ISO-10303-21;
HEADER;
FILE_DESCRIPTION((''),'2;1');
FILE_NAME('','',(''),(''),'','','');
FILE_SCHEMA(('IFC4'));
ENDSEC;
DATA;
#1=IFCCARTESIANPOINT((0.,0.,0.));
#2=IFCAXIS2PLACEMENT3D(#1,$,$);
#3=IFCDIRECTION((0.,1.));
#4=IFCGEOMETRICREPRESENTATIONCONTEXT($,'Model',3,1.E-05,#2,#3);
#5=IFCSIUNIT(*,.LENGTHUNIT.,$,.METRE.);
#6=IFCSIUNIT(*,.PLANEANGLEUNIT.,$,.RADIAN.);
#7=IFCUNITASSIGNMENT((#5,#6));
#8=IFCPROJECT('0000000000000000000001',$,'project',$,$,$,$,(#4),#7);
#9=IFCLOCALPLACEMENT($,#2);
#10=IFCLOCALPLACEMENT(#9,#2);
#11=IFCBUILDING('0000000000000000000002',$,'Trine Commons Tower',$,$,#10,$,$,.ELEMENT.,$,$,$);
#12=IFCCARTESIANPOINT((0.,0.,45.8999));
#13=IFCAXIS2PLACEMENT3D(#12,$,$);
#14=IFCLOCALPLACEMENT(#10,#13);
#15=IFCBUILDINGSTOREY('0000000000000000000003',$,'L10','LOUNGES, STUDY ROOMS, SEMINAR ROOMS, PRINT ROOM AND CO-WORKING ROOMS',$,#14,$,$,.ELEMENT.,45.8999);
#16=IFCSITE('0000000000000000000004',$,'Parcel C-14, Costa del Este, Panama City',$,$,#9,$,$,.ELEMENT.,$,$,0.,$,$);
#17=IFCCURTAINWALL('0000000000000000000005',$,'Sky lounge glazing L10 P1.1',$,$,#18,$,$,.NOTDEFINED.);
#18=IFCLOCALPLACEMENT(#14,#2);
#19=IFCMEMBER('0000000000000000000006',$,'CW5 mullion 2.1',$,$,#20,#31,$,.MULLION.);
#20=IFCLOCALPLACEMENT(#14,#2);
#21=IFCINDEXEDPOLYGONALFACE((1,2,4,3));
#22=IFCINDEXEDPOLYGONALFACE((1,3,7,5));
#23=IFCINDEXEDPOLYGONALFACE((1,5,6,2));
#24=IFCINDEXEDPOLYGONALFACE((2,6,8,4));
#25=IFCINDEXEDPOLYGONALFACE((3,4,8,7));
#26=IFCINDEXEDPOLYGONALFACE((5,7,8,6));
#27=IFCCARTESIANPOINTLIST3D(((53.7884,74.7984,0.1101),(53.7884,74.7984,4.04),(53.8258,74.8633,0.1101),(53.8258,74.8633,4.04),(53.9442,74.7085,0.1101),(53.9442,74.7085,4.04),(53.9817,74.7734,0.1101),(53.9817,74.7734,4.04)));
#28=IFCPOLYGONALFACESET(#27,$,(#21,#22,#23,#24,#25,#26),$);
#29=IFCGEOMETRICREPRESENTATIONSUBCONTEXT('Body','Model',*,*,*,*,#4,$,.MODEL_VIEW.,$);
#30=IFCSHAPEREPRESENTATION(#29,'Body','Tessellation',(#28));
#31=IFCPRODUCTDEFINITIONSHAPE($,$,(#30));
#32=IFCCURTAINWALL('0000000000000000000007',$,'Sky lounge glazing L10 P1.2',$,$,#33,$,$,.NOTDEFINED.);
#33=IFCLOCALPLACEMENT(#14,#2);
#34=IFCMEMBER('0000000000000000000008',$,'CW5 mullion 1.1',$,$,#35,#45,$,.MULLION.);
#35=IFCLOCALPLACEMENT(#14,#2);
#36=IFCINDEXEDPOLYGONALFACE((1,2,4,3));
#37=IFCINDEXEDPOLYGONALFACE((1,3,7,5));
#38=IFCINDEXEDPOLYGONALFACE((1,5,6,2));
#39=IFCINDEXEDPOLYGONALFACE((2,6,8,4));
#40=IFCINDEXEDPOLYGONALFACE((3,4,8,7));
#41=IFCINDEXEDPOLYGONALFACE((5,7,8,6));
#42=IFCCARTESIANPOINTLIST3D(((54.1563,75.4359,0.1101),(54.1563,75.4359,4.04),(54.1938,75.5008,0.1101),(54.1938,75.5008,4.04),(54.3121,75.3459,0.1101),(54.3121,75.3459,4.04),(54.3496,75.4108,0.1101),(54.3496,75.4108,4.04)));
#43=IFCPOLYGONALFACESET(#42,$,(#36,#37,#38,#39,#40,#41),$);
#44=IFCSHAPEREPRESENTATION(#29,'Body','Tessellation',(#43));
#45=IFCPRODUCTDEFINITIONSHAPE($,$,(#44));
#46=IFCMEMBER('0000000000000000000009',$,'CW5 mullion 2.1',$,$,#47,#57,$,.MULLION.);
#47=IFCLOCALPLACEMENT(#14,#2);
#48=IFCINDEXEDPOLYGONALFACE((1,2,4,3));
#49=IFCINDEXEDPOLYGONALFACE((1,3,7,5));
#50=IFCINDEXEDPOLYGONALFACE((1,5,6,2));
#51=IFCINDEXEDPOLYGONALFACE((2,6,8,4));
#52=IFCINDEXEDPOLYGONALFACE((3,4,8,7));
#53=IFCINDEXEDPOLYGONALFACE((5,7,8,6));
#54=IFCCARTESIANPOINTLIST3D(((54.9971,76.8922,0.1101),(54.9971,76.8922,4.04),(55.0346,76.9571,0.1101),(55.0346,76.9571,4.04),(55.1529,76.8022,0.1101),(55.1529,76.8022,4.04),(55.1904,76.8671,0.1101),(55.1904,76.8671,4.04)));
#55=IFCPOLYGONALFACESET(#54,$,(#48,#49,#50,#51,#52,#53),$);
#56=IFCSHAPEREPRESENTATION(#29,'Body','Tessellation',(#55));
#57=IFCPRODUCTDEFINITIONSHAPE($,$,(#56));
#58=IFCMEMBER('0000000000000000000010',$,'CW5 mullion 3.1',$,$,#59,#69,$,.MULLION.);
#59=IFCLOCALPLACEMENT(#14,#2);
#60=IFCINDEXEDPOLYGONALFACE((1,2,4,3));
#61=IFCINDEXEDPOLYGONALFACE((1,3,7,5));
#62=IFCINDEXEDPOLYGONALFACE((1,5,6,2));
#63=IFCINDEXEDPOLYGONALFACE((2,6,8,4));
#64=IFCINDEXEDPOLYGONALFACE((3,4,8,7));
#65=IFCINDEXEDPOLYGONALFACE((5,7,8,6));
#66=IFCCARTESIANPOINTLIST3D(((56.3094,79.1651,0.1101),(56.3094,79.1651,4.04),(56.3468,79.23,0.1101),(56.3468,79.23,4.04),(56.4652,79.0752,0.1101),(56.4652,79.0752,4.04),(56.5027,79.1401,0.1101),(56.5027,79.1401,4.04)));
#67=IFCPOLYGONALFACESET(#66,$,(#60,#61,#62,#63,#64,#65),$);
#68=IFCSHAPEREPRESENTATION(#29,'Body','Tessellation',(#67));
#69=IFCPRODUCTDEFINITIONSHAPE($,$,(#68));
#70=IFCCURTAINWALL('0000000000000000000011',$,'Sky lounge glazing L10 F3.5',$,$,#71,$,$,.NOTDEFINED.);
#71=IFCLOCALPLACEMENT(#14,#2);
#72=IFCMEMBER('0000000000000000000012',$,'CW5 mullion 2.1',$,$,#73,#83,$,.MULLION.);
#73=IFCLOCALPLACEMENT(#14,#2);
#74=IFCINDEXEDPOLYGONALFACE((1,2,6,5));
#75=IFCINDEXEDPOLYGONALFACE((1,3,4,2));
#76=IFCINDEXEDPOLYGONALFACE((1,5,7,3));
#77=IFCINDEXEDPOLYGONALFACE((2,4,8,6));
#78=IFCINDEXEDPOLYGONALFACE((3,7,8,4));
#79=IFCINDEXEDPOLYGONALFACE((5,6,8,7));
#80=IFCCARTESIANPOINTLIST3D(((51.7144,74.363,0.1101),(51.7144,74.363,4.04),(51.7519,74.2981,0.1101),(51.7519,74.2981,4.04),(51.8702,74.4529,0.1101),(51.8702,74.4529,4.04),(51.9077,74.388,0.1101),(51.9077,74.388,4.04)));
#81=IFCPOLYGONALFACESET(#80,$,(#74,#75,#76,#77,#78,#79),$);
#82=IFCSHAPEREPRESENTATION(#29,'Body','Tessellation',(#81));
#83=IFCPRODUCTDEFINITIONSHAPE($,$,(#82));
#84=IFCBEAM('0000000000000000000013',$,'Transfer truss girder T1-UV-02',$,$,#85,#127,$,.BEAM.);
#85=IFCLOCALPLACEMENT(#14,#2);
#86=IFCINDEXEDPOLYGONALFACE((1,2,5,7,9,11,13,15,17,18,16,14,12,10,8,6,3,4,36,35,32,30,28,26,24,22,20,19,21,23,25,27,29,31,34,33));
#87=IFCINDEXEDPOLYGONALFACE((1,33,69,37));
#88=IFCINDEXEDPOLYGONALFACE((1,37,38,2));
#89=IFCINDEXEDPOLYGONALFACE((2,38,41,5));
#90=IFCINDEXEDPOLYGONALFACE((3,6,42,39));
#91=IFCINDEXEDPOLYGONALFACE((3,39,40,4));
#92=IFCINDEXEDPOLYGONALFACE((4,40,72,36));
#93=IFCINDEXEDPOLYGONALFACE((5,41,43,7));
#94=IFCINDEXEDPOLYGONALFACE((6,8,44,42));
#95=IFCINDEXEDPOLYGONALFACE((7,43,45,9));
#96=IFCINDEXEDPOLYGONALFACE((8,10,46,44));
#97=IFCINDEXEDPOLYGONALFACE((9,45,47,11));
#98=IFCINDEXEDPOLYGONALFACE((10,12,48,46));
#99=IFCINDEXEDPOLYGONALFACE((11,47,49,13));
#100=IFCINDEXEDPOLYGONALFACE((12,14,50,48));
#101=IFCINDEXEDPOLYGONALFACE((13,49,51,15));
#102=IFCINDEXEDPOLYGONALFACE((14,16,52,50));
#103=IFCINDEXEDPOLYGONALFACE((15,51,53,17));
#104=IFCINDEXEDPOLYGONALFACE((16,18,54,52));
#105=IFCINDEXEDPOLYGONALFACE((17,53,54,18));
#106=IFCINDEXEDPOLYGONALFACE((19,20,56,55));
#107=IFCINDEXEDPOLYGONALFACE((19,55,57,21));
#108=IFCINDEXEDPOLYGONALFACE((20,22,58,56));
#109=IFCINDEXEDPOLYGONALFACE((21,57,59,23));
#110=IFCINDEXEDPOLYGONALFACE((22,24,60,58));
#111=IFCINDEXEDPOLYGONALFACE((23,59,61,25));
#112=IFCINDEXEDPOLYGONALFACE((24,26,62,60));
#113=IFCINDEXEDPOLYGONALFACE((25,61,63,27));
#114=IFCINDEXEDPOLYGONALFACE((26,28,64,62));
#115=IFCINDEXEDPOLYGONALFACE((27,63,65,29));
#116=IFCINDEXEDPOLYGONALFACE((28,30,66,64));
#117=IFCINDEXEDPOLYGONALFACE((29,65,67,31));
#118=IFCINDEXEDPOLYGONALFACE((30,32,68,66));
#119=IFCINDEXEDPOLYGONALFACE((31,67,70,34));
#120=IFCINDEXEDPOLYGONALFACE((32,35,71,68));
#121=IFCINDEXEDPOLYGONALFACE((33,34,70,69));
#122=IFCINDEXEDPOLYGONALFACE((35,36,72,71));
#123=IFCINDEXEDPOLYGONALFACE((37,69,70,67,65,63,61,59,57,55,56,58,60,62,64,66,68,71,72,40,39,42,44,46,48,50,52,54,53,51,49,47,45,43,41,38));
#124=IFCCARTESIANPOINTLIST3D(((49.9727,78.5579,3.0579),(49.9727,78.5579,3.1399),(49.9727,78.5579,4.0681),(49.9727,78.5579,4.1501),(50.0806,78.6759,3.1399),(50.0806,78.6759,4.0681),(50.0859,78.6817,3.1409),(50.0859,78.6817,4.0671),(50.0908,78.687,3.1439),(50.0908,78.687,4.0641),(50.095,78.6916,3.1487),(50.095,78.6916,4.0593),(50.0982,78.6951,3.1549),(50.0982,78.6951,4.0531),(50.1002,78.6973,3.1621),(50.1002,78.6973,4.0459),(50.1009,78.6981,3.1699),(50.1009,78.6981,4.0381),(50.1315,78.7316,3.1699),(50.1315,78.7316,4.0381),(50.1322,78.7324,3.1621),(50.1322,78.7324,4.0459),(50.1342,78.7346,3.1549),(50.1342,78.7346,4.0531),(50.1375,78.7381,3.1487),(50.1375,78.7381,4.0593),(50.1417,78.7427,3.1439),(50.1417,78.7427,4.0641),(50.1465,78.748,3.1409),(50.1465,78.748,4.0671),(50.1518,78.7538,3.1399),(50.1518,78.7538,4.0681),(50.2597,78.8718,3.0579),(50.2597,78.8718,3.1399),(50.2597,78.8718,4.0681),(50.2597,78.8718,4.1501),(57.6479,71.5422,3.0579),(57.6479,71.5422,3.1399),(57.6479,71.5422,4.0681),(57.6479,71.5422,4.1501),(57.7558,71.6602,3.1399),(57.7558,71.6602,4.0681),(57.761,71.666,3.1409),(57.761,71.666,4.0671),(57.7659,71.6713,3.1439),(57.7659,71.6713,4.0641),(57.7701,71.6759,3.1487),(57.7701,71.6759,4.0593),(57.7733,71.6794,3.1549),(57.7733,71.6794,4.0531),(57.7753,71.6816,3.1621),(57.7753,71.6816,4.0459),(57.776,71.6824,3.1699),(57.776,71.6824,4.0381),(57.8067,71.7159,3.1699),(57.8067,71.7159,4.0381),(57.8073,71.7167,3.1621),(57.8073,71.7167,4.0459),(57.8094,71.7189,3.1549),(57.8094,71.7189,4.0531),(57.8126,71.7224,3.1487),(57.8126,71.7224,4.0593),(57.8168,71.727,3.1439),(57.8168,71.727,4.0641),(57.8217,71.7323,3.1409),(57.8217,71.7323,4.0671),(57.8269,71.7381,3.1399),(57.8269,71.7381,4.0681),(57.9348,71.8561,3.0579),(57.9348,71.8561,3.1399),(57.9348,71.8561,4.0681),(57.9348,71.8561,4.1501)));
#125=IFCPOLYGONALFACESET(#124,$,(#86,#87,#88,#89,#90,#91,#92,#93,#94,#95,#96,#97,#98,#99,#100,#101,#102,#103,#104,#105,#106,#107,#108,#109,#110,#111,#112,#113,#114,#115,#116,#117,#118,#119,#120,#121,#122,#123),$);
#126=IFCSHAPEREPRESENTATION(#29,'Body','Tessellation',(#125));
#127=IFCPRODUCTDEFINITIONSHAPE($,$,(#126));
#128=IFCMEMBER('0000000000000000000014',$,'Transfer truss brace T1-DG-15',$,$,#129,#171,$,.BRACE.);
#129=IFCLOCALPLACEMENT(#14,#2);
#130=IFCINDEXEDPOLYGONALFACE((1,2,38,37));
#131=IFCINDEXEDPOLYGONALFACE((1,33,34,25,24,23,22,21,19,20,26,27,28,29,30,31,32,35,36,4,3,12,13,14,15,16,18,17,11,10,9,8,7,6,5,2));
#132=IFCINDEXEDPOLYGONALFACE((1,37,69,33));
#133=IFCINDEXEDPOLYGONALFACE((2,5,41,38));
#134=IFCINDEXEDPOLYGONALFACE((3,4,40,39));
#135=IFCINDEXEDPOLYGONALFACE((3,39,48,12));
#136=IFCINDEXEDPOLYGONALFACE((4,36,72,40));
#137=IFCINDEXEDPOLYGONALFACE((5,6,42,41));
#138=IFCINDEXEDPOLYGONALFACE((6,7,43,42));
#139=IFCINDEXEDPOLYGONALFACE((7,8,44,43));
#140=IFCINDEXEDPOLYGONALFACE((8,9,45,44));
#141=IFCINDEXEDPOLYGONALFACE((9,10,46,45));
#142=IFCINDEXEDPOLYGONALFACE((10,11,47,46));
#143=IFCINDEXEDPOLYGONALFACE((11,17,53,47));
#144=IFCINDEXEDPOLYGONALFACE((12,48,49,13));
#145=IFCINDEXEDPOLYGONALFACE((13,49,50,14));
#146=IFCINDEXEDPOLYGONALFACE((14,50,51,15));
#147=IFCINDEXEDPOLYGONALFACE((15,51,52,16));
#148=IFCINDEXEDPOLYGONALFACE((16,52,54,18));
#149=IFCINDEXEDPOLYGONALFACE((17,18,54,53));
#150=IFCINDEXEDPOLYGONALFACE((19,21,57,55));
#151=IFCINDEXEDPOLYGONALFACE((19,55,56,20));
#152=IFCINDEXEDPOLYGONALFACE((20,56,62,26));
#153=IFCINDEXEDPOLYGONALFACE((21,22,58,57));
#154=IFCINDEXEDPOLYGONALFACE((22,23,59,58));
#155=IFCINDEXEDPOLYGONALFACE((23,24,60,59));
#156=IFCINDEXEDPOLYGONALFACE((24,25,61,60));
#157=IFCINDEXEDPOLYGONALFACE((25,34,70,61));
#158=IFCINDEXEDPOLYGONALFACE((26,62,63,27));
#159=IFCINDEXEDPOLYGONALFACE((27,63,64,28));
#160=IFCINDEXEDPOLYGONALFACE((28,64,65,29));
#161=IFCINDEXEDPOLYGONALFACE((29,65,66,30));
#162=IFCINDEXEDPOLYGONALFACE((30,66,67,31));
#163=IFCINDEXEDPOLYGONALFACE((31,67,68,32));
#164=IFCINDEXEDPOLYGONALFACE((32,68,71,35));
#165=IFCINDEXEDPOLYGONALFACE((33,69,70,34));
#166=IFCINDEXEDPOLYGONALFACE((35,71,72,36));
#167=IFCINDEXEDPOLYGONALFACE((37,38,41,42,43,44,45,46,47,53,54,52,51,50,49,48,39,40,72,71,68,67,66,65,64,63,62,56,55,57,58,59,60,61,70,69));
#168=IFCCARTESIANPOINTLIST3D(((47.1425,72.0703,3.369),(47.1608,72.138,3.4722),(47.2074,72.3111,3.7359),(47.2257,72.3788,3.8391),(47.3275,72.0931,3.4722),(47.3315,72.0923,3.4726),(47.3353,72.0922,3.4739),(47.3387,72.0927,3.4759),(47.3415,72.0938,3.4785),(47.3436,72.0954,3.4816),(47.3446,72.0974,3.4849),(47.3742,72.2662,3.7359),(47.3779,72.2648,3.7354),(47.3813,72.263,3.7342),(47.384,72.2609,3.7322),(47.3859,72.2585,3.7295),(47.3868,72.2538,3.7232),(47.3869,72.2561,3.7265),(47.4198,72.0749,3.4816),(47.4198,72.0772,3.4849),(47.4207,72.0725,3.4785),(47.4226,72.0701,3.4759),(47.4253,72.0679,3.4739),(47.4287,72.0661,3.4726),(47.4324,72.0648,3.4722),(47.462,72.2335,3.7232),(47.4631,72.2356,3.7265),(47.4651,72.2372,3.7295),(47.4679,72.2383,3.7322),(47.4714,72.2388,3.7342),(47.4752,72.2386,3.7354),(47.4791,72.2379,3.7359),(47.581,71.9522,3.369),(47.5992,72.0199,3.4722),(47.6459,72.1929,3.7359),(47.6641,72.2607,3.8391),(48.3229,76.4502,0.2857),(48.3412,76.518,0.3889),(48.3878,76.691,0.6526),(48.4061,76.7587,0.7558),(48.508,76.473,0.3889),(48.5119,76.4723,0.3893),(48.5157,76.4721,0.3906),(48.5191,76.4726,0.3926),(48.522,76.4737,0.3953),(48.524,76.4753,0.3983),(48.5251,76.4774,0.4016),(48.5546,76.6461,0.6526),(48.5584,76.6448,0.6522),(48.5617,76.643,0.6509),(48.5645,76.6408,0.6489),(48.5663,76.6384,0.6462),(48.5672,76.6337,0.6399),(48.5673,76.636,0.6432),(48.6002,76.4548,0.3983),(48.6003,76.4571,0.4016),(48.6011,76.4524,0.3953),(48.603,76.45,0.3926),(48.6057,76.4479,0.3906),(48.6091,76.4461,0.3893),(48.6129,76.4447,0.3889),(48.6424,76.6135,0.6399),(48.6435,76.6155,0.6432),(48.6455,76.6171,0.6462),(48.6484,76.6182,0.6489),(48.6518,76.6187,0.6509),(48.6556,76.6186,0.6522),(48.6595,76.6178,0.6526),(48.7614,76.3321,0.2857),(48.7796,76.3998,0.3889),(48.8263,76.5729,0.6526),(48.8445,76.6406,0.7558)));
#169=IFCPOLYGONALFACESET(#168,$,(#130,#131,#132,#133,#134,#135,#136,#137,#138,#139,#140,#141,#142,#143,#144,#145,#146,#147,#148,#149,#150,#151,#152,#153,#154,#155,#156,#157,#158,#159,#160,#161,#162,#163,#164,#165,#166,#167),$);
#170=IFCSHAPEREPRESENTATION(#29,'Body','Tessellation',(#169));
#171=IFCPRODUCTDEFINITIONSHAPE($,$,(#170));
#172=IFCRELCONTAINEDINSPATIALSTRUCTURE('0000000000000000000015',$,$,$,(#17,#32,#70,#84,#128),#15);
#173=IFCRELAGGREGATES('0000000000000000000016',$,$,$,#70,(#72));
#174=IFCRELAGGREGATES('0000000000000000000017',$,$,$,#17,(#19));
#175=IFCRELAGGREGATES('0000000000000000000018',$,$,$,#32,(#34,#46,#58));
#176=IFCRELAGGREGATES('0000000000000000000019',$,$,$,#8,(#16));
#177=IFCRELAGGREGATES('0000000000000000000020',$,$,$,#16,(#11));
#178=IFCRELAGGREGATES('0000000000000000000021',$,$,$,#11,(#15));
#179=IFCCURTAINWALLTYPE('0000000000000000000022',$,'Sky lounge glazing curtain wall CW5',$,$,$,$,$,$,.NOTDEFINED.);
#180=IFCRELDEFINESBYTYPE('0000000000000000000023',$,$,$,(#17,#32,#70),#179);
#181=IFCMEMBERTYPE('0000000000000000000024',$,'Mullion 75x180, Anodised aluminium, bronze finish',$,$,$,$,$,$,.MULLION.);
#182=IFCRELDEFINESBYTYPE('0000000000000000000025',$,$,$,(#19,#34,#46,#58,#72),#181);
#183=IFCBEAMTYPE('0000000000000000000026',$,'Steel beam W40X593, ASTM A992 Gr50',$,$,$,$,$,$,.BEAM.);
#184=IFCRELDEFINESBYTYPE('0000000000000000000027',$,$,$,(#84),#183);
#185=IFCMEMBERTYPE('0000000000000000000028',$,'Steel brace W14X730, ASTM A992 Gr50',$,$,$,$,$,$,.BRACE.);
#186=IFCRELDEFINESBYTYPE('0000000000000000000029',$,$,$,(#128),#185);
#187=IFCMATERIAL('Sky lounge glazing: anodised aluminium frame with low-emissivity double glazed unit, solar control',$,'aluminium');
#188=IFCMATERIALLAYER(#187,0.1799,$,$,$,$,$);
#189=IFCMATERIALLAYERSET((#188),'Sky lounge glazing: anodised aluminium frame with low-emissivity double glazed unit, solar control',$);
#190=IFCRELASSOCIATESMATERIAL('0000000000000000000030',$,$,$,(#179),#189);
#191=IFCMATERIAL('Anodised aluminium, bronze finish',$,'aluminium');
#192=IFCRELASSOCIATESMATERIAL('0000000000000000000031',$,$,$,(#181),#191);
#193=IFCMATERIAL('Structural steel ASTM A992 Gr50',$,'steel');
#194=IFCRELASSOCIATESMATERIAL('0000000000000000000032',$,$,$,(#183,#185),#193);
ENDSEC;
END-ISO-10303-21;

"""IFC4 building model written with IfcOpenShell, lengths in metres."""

from ifc_helpers import new_model, si_unit, direction, frame, origin, origin_2d, place, context, subcontext, project, spatial, rectangle, i_section, extrude, material, layer, layer_set, material_profile, profile_set, type_object, element, aggregate, save


model = new_model("IFC4")

# Units and contexts
model_context = context("Model", 3, precision=1e-05, world=origin(), true_north=direction((0.0, 1.0)))
body_context = subcontext(model_context, "Body", "Model", "MODEL_VIEW")
ifc_project = project(units=[si_unit("LENGTHUNIT", "METRE"), si_unit("PLANEANGLEUNIT", "RADIAN")], contexts=[model_context])

# Site, building, storey
site_placement = place(None, origin())
site = spatial("IfcSite", under=ifc_project, at=site_placement, Name="Parcel C-14, Costa del Este, Panama City", CompositionType="ELEMENT", RefElevation=0.0)
building_placement = place(site_placement, origin())
building = spatial("IfcBuilding", under=site, at=building_placement, Name="Trine Commons Tower", CompositionType="ELEMENT")
storey_placement = place(building_placement, frame((0.0, 0.0, 45.8999)))
storey = spatial("IfcBuildingStorey", under=building, at=storey_placement, Name="L10", Description="LOUNGES, STUDY ROOMS, SEMINAR ROOMS, PRINT ROOM AND CO-WORKING ROOMS", CompositionType="ELEMENT", Elevation=45.8999)

# Curtain wall, member
ifc_material_1 = material(Name="Sky lounge glazing: anodised aluminium frame with low-emissivity double glazed unit, solar control", Category="aluminium")
ifc_layer_1 = layer(ifc_material_1, 0.1799)
ifc_layer_set_1 = layer_set([ifc_layer_1], Name="Sky lounge glazing: anodised aluminium frame with low-emissivity double glazed unit, solar control")
curtain_wall_type = type_object("IfcCurtainWallType", Name="Sky lounge glazing curtain wall CW5", PredefinedType="NOTDEFINED", material=ifc_layer_set_1)
curtain_wall_1_placement = place(storey_placement, origin())
curtain_wall_1 = element("IfcCurtainWall", 1, at=curtain_wall_1_placement, inside=storey, type_object=curtain_wall_type, Name="Sky lounge glazing L10 P1.1", PredefinedType="NOTDEFINED")
ifc_material_2 = material(Name="Anodised aluminium, bronze finish", Category="aluminium")
ifc_material_profile_1 = material_profile(ifc_material_2, rectangle(XDim=0.1799, YDim=0.075, at=origin_2d()), Name="Mullion 75x180")
ifc_profile_set_1 = profile_set([ifc_material_profile_1], Name="Anodised aluminium, bronze finish")
member_type_1 = type_object("IfcMemberType", Name="Mullion 75x180, Anodised aluminium, bronze finish", PredefinedType="MULLION", material=ifc_profile_set_1)
member_1_placement = place(storey_placement, frame((53.885, 74.7859, 0.1101), z_axis=(0.0, 0.0, 1.0), x_axis=(-0.866025, 0.5, 0.0)))
member_1 = element("IfcMember", 2, at=member_1_placement, type_object=member_type_1, Name="CW5 mullion 2.1", PredefinedType="MULLION", context=body_context, shape_type="SweptSolid", body=[
    extrude(rectangle(XDim=0.1799, YDim=0.075, at=origin_2d()), origin(), (0.0, 0.0, 1.0), 3.9299),
])

# Curtain wall, members
curtain_wall_2_placement = place(storey_placement, origin())
curtain_wall_2 = element("IfcCurtainWall", 3, at=curtain_wall_2_placement, inside=storey, type_object=curtain_wall_type, Name="Sky lounge glazing L10 P1.2", PredefinedType="NOTDEFINED")
member_2_placement = place(storey_placement, frame((54.2529, 75.4233, 0.1101), z_axis=(0.0, 0.0, 1.0), x_axis=(-0.866025, 0.5, 0.0)))
member_2 = element("IfcMember", 4, at=member_2_placement, type_object=member_type_1, Name="CW5 mullion 1.1", PredefinedType="MULLION", context=body_context, shape_type="SweptSolid", body=[
    extrude(rectangle(XDim=0.1799, YDim=0.075, at=origin_2d()), origin(), (0.0, 0.0, 1.0), 3.9299),
])
member_3_placement = place(storey_placement, frame((55.0938, 76.8796, 0.1101), z_axis=(0.0, 0.0, 1.0), x_axis=(-0.866025, 0.5, 0.0)))
member_3 = element("IfcMember", 5, at=member_3_placement, type_object=member_type_1, Name="CW5 mullion 2.1", PredefinedType="MULLION", context=body_context, shape_type="SweptSolid", body=[
    extrude(rectangle(XDim=0.1799, YDim=0.075, at=origin_2d()), origin(), (0.0, 0.0, 1.0), 3.9299),
])
member_4_placement = place(storey_placement, frame((56.406, 79.1526, 0.1101), z_axis=(0.0, 0.0, 1.0), x_axis=(-0.866025, 0.5, 0.0)))
member_4 = element("IfcMember", 6, at=member_4_placement, type_object=member_type_1, Name="CW5 mullion 3.1", PredefinedType="MULLION", context=body_context, shape_type="SweptSolid", body=[
    extrude(rectangle(XDim=0.1799, YDim=0.075, at=origin_2d()), origin(), (0.0, 0.0, 1.0), 3.9299),
])

# Curtain wall, member
curtain_wall_3_placement = place(storey_placement, origin())
curtain_wall_3 = element("IfcCurtainWall", 7, at=curtain_wall_3_placement, inside=storey, type_object=curtain_wall_type, Name="Sky lounge glazing L10 F3.5", PredefinedType="NOTDEFINED")
member_5_placement = place(storey_placement, frame((51.811, 74.3755, 0.1101), z_axis=(0.0, 0.0, 1.0), x_axis=(-0.866025, -0.5, 0.0)))
member_5 = element("IfcMember", 8, at=member_5_placement, type_object=member_type_1, Name="CW5 mullion 2.1", PredefinedType="MULLION", context=body_context, shape_type="SweptSolid", body=[
    extrude(rectangle(XDim=0.1799, YDim=0.075, at=origin_2d()), origin(), (0.0, 0.0, 1.0), 3.9299),
])
aggregate(curtain_wall_3, [member_5])

# Beam
ifc_material_3 = material(Name="Structural steel ASTM A992 Gr50", Category="steel")
ifc_material_profile_2 = material_profile(ifc_material_3, i_section(OverallWidth=0.4253, OverallDepth=1.0923, WebThickness=0.0454, FlangeThickness=0.082, FilletRadius=0.03, at=origin_2d()), Name="W40X593")
ifc_profile_set_2 = profile_set([ifc_material_profile_2], Name="Structural steel ASTM A992 Gr50")
beam_type = type_object("IfcBeamType", Name="Steel beam W40X593, ASTM A992 Gr50", PredefinedType="BEAM", material=ifc_profile_set_2)
beam_placement = place(storey_placement, frame((50.1162, 78.7148, 3.604), z_axis=(0.738104, -0.674687, 0.0), x_axis=(0.674687, 0.738104, 0.0)))
element("IfcBeam", 9, at=beam_placement, inside=storey, type_object=beam_type, Name="Transfer truss girder T1-UV-02", PredefinedType="BEAM", context=body_context, shape_type="SweptSolid", body=[
    extrude(i_section(OverallWidth=0.4253, OverallDepth=1.0923, WebThickness=0.0454, FlangeThickness=0.082, FilletRadius=0.03, at=origin_2d()), origin(), (0.0, 0.0, 1.0), 10.3984),
])

# Member
ifc_material_profile_3 = material_profile(ifc_material_3, i_section(OverallWidth=0.4541, OverallDepth=0.5684, WebThickness=0.0779, FlangeThickness=0.1248, FilletRadius=0.0154, at=origin_2d()), Name="W14X730")
ifc_profile_set_3 = profile_set([ifc_material_profile_3], Name="Structural steel ASTM A992 Gr50")
member_type_2 = type_object("IfcMemberType", Name="Steel brace W14X730, ASTM A992 Gr50", PredefinedType="BRACE", material=ifc_profile_set_3)
member_6_placement = place(storey_placement, frame((48.5837, 76.5454, 0.5208), z_axis=(-0.215216, -0.798547, 0.562143), x_axis=(0.965548, -0.260224, 0.0)))
element("IfcMember", 10, at=member_6_placement, inside=storey, type_object=member_type_2, Name="Transfer truss brace T1-DG-15", PredefinedType="BRACE", context=body_context, shape_type="SweptSolid", body=[
    extrude(i_section(OverallWidth=0.4541, OverallDepth=0.5684, WebThickness=0.0779, FlangeThickness=0.1248, FilletRadius=0.0154, at=origin_2d()), origin(), (0.0, 0.0, 1.0), 5.4849),
])

aggregate(curtain_wall_1, [member_1])
aggregate(curtain_wall_2, [member_2, member_3, member_4])

save(model, "model.ifc")
